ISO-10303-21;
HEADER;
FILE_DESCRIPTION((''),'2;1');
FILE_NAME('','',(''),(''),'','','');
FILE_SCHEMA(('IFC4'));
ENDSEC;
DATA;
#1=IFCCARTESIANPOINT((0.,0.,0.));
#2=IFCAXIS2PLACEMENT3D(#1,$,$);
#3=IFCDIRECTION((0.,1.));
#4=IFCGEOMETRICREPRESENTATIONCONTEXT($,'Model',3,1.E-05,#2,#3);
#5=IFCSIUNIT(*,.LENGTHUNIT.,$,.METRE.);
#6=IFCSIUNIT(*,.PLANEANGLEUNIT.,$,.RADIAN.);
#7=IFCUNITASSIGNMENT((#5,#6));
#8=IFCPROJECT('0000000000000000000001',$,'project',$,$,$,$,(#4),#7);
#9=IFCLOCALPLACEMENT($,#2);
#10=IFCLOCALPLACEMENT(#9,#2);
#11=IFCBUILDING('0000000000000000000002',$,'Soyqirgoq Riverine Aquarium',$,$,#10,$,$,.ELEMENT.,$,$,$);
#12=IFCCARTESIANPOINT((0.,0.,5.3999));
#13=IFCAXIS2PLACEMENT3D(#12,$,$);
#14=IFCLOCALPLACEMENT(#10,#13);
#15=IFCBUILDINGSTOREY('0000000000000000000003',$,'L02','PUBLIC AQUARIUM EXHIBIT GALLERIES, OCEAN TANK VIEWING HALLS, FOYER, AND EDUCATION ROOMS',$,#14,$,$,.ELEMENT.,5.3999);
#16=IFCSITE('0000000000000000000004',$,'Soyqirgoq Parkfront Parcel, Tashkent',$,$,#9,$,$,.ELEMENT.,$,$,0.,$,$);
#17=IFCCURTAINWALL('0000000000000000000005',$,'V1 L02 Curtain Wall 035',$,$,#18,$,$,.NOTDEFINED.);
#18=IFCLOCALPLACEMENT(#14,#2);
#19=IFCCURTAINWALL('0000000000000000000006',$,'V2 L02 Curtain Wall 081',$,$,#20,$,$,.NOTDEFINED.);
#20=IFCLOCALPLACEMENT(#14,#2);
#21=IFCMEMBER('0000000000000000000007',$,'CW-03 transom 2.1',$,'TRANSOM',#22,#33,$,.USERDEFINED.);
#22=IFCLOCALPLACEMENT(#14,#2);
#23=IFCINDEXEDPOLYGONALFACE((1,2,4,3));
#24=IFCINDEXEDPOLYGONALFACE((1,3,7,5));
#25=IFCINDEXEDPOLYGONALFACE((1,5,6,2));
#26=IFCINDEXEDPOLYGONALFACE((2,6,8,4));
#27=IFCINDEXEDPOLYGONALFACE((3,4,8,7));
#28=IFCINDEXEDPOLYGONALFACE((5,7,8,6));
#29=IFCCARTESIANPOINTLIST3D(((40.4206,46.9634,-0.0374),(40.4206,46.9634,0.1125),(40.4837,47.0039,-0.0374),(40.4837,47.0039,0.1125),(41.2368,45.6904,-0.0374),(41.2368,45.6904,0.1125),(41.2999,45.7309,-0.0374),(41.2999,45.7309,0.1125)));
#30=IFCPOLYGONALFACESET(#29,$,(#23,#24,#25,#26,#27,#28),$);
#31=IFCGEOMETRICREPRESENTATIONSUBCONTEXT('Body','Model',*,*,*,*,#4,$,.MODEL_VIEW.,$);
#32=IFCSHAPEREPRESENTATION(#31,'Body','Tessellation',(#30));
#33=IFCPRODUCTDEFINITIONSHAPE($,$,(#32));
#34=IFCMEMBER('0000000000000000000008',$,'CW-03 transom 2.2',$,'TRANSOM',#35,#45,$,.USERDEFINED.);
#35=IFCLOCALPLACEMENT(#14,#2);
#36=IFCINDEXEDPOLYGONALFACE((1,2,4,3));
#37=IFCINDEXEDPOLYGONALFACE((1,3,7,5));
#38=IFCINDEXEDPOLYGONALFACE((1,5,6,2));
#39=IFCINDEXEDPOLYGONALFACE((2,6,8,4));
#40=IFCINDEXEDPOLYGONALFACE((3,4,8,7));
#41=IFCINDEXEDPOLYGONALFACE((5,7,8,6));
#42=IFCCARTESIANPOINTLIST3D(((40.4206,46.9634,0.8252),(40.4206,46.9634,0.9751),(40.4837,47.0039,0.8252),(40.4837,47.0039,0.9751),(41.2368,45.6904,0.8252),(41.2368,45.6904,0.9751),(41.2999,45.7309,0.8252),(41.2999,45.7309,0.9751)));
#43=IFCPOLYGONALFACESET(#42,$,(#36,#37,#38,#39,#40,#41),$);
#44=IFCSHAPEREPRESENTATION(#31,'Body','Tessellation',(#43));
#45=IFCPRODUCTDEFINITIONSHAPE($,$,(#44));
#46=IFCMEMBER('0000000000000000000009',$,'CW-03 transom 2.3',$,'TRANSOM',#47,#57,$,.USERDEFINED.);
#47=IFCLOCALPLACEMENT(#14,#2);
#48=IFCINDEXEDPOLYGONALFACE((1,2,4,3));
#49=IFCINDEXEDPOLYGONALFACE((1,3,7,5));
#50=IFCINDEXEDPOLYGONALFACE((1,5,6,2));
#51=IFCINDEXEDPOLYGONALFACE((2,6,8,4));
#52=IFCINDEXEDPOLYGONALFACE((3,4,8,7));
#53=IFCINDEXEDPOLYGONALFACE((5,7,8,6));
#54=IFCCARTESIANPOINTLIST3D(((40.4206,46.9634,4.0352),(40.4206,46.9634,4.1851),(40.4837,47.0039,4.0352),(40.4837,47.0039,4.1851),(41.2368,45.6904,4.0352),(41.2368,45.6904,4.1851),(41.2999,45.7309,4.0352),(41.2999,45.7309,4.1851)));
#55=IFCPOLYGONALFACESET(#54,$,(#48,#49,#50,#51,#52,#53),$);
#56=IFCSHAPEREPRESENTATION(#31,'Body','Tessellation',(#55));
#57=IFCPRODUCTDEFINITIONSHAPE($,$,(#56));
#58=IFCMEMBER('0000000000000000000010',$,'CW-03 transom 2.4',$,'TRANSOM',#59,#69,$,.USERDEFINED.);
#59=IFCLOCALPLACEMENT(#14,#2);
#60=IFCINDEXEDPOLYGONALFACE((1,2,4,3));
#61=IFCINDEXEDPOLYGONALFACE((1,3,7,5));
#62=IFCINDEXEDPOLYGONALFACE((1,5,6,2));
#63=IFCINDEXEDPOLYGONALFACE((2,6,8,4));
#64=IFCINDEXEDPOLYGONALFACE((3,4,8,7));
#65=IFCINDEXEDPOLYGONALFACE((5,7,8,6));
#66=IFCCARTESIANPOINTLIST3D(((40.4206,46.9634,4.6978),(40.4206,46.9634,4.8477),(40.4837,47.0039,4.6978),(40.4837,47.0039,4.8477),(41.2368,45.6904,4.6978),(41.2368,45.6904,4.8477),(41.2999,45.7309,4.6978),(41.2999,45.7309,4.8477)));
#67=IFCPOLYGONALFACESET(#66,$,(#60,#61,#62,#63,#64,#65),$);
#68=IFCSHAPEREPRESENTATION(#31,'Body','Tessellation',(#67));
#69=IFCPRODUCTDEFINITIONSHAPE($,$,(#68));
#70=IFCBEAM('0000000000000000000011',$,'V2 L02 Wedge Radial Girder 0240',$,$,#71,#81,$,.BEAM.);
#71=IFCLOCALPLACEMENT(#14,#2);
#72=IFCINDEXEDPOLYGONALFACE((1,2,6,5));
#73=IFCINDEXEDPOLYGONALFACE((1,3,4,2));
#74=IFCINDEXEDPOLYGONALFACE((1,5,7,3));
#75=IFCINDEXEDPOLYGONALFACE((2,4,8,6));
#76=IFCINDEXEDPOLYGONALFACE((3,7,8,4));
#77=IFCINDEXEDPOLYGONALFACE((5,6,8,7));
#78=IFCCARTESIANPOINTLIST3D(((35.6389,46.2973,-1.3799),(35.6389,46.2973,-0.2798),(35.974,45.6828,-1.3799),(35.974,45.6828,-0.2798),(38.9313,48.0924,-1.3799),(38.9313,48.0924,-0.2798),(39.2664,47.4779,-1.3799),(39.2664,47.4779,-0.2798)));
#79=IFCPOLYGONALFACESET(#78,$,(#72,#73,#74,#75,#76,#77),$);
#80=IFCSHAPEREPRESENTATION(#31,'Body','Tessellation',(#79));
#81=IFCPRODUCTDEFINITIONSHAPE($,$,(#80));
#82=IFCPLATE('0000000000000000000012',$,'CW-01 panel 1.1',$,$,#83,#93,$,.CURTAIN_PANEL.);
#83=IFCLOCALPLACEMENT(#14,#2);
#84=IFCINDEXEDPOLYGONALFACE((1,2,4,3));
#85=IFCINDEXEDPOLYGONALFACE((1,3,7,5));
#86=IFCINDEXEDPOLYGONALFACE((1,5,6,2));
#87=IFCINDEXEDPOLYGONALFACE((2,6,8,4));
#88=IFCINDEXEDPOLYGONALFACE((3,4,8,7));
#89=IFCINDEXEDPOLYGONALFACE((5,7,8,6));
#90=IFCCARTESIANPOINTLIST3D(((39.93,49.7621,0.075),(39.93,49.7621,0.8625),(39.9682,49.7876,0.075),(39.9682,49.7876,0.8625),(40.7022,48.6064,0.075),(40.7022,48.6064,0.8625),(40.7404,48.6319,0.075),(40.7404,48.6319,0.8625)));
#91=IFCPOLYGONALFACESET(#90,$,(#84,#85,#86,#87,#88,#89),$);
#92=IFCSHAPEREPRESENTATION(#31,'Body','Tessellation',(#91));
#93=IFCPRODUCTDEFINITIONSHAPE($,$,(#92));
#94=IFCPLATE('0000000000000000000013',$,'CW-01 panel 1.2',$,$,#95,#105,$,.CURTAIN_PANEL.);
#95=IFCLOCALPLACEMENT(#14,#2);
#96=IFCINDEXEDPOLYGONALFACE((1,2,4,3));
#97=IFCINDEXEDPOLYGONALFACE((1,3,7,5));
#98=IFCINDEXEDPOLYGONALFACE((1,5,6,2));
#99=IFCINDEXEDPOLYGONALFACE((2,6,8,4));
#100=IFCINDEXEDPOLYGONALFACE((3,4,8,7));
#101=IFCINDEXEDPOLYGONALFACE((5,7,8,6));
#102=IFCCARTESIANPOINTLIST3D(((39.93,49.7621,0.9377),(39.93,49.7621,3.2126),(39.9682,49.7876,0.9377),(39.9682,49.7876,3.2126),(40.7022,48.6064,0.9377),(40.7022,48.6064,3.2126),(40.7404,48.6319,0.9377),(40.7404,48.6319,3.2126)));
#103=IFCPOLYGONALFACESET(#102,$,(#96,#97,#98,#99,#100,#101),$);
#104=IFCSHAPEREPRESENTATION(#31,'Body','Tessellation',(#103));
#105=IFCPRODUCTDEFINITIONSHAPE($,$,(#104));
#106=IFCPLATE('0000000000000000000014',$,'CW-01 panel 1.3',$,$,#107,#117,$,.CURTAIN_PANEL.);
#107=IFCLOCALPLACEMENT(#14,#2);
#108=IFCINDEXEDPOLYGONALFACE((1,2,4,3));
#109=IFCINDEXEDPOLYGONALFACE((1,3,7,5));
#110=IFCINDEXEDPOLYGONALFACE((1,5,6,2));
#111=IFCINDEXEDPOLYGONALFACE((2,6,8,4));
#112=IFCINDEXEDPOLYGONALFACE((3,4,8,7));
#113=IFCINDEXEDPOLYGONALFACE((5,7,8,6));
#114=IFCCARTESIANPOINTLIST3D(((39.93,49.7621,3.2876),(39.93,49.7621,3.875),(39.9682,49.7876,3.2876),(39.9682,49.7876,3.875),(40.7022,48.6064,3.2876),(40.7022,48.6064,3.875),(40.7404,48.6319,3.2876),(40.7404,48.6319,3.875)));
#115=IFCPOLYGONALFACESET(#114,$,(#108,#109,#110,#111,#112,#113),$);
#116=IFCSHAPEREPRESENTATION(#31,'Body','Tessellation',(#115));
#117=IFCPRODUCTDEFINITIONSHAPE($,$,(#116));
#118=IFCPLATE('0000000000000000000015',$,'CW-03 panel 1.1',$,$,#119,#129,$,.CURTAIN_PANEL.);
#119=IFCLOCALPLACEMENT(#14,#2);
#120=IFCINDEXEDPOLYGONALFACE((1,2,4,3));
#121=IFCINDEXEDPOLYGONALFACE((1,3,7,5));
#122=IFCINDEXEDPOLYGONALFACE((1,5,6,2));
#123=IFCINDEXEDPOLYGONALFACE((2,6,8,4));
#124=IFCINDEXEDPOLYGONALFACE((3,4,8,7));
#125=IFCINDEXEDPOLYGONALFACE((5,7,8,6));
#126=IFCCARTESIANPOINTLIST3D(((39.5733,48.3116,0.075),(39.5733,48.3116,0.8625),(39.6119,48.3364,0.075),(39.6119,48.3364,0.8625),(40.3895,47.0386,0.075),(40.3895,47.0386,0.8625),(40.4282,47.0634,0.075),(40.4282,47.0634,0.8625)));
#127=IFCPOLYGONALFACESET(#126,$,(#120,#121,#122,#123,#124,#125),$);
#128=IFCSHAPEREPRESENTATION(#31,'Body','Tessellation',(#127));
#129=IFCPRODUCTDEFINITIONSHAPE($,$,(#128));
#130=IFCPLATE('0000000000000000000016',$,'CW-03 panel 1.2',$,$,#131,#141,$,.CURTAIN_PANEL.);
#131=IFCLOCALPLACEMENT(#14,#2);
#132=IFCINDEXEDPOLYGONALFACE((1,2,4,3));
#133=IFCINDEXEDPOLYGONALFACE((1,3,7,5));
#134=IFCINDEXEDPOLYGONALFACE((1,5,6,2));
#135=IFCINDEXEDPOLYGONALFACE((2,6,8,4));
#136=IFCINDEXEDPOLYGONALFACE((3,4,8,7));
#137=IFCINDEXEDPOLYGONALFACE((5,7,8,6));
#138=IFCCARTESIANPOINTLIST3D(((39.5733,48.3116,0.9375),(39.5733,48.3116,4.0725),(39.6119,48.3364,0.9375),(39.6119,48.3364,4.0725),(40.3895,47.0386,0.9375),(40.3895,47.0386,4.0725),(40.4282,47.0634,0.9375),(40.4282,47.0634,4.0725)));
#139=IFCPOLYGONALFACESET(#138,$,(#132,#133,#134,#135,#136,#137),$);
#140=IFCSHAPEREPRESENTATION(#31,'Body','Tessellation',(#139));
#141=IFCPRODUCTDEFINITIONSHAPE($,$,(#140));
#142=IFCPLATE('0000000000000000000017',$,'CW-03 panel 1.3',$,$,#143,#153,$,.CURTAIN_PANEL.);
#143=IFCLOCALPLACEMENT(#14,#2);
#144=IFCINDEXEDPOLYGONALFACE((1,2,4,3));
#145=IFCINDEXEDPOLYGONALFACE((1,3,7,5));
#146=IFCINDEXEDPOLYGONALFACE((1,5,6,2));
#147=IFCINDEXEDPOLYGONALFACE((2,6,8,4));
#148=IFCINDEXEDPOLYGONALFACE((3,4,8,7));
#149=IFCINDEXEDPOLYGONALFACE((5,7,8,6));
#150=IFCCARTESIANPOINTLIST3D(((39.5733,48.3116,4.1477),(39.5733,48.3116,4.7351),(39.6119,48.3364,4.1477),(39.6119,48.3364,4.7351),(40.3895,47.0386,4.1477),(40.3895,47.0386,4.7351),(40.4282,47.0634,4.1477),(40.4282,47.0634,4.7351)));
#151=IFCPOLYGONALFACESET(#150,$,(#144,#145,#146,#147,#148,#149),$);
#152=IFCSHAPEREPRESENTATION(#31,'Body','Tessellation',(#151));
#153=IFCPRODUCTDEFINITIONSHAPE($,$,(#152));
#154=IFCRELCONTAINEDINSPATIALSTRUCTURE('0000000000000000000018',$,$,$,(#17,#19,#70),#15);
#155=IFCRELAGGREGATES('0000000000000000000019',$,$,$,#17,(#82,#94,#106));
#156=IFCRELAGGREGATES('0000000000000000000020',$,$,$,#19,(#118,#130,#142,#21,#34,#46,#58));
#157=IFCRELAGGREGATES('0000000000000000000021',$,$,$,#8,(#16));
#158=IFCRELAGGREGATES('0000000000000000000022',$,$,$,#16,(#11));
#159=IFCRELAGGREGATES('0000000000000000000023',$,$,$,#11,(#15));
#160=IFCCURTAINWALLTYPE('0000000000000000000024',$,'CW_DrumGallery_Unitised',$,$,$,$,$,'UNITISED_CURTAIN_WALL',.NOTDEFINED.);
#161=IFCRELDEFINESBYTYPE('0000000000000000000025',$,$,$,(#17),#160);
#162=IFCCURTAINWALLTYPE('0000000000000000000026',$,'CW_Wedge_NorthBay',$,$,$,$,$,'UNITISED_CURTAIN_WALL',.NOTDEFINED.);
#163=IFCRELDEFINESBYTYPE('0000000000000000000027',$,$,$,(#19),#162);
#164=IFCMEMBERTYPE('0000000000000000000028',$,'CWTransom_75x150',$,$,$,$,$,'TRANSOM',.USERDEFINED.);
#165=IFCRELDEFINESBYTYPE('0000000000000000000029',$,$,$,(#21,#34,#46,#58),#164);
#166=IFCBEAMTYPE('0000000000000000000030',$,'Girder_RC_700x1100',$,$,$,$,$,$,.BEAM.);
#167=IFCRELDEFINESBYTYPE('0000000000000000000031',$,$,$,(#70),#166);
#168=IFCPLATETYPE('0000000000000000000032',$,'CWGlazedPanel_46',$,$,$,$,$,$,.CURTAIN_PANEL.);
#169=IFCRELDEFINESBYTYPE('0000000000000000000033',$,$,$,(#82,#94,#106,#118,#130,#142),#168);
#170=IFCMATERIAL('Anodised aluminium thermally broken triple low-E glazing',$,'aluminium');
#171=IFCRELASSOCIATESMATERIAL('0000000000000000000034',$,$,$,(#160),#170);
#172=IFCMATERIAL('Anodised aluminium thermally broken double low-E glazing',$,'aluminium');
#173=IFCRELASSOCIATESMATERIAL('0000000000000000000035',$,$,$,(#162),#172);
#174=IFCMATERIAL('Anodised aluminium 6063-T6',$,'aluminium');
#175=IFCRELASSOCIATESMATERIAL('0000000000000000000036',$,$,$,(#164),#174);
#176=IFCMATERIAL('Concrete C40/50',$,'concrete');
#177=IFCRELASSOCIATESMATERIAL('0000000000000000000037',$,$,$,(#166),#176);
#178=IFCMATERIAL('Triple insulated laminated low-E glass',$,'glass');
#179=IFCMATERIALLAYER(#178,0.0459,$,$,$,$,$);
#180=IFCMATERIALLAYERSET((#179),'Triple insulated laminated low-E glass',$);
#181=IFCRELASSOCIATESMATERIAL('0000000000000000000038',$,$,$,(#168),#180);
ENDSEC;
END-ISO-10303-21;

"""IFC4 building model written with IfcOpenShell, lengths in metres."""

from ifc_helpers import new_model, si_unit, direction, frame, origin, origin_2d, place, context, subcontext, project, spatial, rectangle, extrude, material, layer, layer_set, material_profile, profile_set, type_object, element, aggregate, save


model = new_model("IFC4")

# Units and contexts
model_context = context("Model", 3, precision=1e-05, world=origin(), true_north=direction((0.0, 1.0)))
body_context = subcontext(model_context, "Body", "Model", "MODEL_VIEW")
ifc_project = project(units=[si_unit("LENGTHUNIT", "METRE"), si_unit("PLANEANGLEUNIT", "RADIAN")], contexts=[model_context])

# Site, building, storey
site_placement = place(None, origin())
site = spatial("IfcSite", under=ifc_project, at=site_placement, Name="Soyqirgoq Parkfront Parcel, Tashkent", CompositionType="ELEMENT", RefElevation=0.0)
building_placement = place(site_placement, origin())
building = spatial("IfcBuilding", under=site, at=building_placement, Name="Soyqirgoq Riverine Aquarium", CompositionType="ELEMENT")
storey_placement = place(building_placement, frame((0.0, 0.0, 5.3999)))
storey = spatial("IfcBuildingStorey", under=building, at=storey_placement, Name="L02", Description="PUBLIC AQUARIUM EXHIBIT GALLERIES, OCEAN TANK VIEWING HALLS, FOYER, AND EDUCATION ROOMS", CompositionType="ELEMENT", Elevation=5.3999)

# Curtain wall
ifc_material_1 = material(Name="Anodised aluminium thermally broken triple low-E glazing", Category="aluminium")
curtain_wall_type_1 = type_object("IfcCurtainWallType", Name="CW_DrumGallery_Unitised", ElementType="UNITISED_CURTAIN_WALL", PredefinedType="NOTDEFINED", material=ifc_material_1)
curtain_wall_1_placement = place(storey_placement, origin())
curtain_wall_1 = element("IfcCurtainWall", 1, at=curtain_wall_1_placement, inside=storey, type_object=curtain_wall_type_1, Name="V1 L02 Curtain Wall 035", PredefinedType="NOTDEFINED")

# Curtain wall
ifc_material_2 = material(Name="Anodised aluminium thermally broken double low-E glazing", Category="aluminium")
curtain_wall_type_2 = type_object("IfcCurtainWallType", Name="CW_Wedge_NorthBay", ElementType="UNITISED_CURTAIN_WALL", PredefinedType="NOTDEFINED", material=ifc_material_2)
curtain_wall_2_placement = place(storey_placement, origin())
curtain_wall_2 = element("IfcCurtainWall", 2, at=curtain_wall_2_placement, inside=storey, type_object=curtain_wall_type_2, Name="V2 L02 Curtain Wall 081", PredefinedType="NOTDEFINED")

# Members
ifc_material_3 = material(Name="Anodised aluminium 6063-T6", Category="aluminium")
ifc_material_profile_1 = material_profile(ifc_material_3, rectangle(XDim=0.075, YDim=0.1499, at=origin_2d()), Name="ALU-T 75x150")
ifc_profile_set_1 = profile_set([ifc_material_profile_1], Name="Anodised aluminium 6063-T6")
member_type_1 = type_object("IfcMemberType", Name="CWTransom_75x150", ElementType="TRANSOM", PredefinedType="USERDEFINED", material=ifc_profile_set_1)
member_1_placement = place(storey_placement, frame((40.4521, 46.9836, 0.0376), z_axis=(0.539745, -0.841828, 0.0), x_axis=(0.841828, 0.539745, 0.0)))
member_1 = element("IfcMember", 3, at=member_1_placement, type_object=member_type_1, Name="CW-03 transom 2.1", ObjectType="TRANSOM", PredefinedType="USERDEFINED", context=body_context, shape_type="SweptSolid", body=[
    extrude(rectangle(XDim=0.075, YDim=0.1499, at=origin_2d()), origin(), (0.0, 0.0, 1.0), 1.5122),
])
member_2_placement = place(storey_placement, frame((40.4521, 46.9836, 0.9001), z_axis=(0.539745, -0.841828, 0.0), x_axis=(0.841828, 0.539745, 0.0)))
member_2 = element("IfcMember", 4, at=member_2_placement, type_object=member_type_1, Name="CW-03 transom 2.2", ObjectType="TRANSOM", PredefinedType="USERDEFINED", context=body_context, shape_type="SweptSolid", body=[
    extrude(rectangle(XDim=0.075, YDim=0.1499, at=origin_2d()), origin(), (0.0, 0.0, 1.0), 1.5122),
])
member_3_placement = place(storey_placement, frame((40.4521, 46.9836, 4.1101), z_axis=(0.539745, -0.841828, 0.0), x_axis=(0.841828, 0.539745, 0.0)))
member_3 = element("IfcMember", 5, at=member_3_placement, type_object=member_type_1, Name="CW-03 transom 2.3", ObjectType="TRANSOM", PredefinedType="USERDEFINED", context=body_context, shape_type="SweptSolid", body=[
    extrude(rectangle(XDim=0.075, YDim=0.1499, at=origin_2d()), origin(), (0.0, 0.0, 1.0), 1.5122),
])
member_4_placement = place(storey_placement, frame((40.4521, 46.9836, 4.7727), z_axis=(0.539745, -0.841828, 0.0), x_axis=(0.841828, 0.539745, 0.0)))
member_4 = element("IfcMember", 6, at=member_4_placement, type_object=member_type_1, Name="CW-03 transom 2.4", ObjectType="TRANSOM", PredefinedType="USERDEFINED", context=body_context, shape_type="SweptSolid", body=[
    extrude(rectangle(XDim=0.075, YDim=0.1499, at=origin_2d()), origin(), (0.0, 0.0, 1.0), 1.5122),
])

# Beam
ifc_material_4 = material(Name="Concrete C40/50", Category="concrete")
ifc_material_profile_2 = material_profile(ifc_material_4, rectangle(XDim=0.7, YDim=1.1001, at=origin_2d()), Name="RC 700x1100")
ifc_profile_set_2 = profile_set([ifc_material_profile_2], Name="Concrete C40/50")
beam_type_1 = type_object("IfcBeamType", Name="Girder_RC_700x1100", PredefinedType="BEAM", material=ifc_profile_set_2)
beam_1_placement = place(storey_placement, frame((39.0989, 47.7852, -0.8298), z_axis=(-0.877978, -0.478702, 0.0), x_axis=(0.478702, -0.877978, 0.0)))
element("IfcBeam", 7, at=beam_1_placement, inside=storey, type_object=beam_type_1, Name="V2 L02 Wedge Radial Girder 0240", PredefinedType="BEAM", context=body_context, shape_type="SweptSolid", body=[
    extrude(rectangle(XDim=0.7, YDim=1.1001, at=origin_2d()), origin(), (0.0, 0.0, 1.0), 3.75),
])

# Plates
ifc_material_5 = material(Name="Triple insulated laminated low-E glass", Category="glass")
ifc_layer = layer(ifc_material_5, 0.0459)
ifc_layer_set = layer_set([ifc_layer], Name="Triple insulated laminated low-E glass")
plate_type = type_object("IfcPlateType", Name="CWGlazedPanel_46", PredefinedType="CURTAIN_PANEL", material=ifc_layer_set)
plate_1_placement = place(storey_placement, frame((40.3352, 49.197, 0.075), z_axis=(0.0, 0.0, 1.0), x_axis=(0.555565, -0.831473, 0.0)))
plate_1 = element("IfcPlate", 8, at=plate_1_placement, type_object=plate_type, Name="CW-01 panel 1.1", PredefinedType="CURTAIN_PANEL", context=body_context, shape_type="SweptSolid", body=[
    extrude(rectangle(XDim=1.3899, YDim=0.0459, at=origin_2d()), origin(), (0.0, 0.0, 1.0), 0.7876),
])
plate_2_placement = place(storey_placement, frame((40.3352, 49.197, 0.9377), z_axis=(0.0, 0.0, 1.0), x_axis=(0.555565, -0.831473, 0.0)))
plate_2 = element("IfcPlate", 9, at=plate_2_placement, type_object=plate_type, Name="CW-01 panel 1.2", PredefinedType="CURTAIN_PANEL", context=body_context, shape_type="SweptSolid", body=[
    extrude(rectangle(XDim=1.3899, YDim=0.0459, at=origin_2d()), origin(), (0.0, 0.0, 1.0), 2.2749),
])
plate_3_placement = place(storey_placement, frame((40.3352, 49.197, 3.2876), z_axis=(0.0, 0.0, 1.0), x_axis=(0.555565, -0.831473, 0.0)))
plate_3 = element("IfcPlate", 10, at=plate_3_placement, type_object=plate_type, Name="CW-01 panel 1.3", PredefinedType="CURTAIN_PANEL", context=body_context, shape_type="SweptSolid", body=[
    extrude(rectangle(XDim=1.3899, YDim=0.0459, at=origin_2d()), origin(), (0.0, 0.0, 1.0), 0.5874),
])
aggregate(curtain_wall_1, [plate_1, plate_2, plate_3])
plate_4_placement = place(storey_placement, frame((40.0007, 47.6875, 0.075), z_axis=(0.0, 0.0, 1.0), x_axis=(0.53976, -0.841819, 0.0)))
plate_4 = element("IfcPlate", 11, at=plate_4_placement, type_object=plate_type, Name="CW-03 panel 1.1", PredefinedType="CURTAIN_PANEL", context=body_context, shape_type="SweptSolid", body=[
    extrude(rectangle(XDim=1.5122, YDim=0.0459, at=origin_2d()), origin(), (0.0, 0.0, 1.0), 0.7876),
])
plate_5_placement = place(storey_placement, frame((40.0007, 47.6875, 0.9375), z_axis=(0.0, 0.0, 1.0), x_axis=(0.53976, -0.841819, 0.0)))
plate_5 = element("IfcPlate", 12, at=plate_5_placement, type_object=plate_type, Name="CW-03 panel 1.2", PredefinedType="CURTAIN_PANEL", context=body_context, shape_type="SweptSolid", body=[
    extrude(rectangle(XDim=1.5122, YDim=0.0459, at=origin_2d()), origin(), (0.0, 0.0, 1.0), 3.135),
])
plate_6_placement = place(storey_placement, frame((40.0007, 47.6875, 4.1477), z_axis=(0.0, 0.0, 1.0), x_axis=(0.53976, -0.841819, 0.0)))
plate_6 = element("IfcPlate", 13, at=plate_6_placement, type_object=plate_type, Name="CW-03 panel 1.3", PredefinedType="CURTAIN_PANEL", context=body_context, shape_type="SweptSolid", body=[
    extrude(rectangle(XDim=1.5122, YDim=0.0459, at=origin_2d()), origin(), (0.0, 0.0, 1.0), 0.5874),
])
aggregate(curtain_wall_2, [plate_4, plate_5, plate_6, member_1, member_2, member_3, member_4])

save(model, "model.ifc")
